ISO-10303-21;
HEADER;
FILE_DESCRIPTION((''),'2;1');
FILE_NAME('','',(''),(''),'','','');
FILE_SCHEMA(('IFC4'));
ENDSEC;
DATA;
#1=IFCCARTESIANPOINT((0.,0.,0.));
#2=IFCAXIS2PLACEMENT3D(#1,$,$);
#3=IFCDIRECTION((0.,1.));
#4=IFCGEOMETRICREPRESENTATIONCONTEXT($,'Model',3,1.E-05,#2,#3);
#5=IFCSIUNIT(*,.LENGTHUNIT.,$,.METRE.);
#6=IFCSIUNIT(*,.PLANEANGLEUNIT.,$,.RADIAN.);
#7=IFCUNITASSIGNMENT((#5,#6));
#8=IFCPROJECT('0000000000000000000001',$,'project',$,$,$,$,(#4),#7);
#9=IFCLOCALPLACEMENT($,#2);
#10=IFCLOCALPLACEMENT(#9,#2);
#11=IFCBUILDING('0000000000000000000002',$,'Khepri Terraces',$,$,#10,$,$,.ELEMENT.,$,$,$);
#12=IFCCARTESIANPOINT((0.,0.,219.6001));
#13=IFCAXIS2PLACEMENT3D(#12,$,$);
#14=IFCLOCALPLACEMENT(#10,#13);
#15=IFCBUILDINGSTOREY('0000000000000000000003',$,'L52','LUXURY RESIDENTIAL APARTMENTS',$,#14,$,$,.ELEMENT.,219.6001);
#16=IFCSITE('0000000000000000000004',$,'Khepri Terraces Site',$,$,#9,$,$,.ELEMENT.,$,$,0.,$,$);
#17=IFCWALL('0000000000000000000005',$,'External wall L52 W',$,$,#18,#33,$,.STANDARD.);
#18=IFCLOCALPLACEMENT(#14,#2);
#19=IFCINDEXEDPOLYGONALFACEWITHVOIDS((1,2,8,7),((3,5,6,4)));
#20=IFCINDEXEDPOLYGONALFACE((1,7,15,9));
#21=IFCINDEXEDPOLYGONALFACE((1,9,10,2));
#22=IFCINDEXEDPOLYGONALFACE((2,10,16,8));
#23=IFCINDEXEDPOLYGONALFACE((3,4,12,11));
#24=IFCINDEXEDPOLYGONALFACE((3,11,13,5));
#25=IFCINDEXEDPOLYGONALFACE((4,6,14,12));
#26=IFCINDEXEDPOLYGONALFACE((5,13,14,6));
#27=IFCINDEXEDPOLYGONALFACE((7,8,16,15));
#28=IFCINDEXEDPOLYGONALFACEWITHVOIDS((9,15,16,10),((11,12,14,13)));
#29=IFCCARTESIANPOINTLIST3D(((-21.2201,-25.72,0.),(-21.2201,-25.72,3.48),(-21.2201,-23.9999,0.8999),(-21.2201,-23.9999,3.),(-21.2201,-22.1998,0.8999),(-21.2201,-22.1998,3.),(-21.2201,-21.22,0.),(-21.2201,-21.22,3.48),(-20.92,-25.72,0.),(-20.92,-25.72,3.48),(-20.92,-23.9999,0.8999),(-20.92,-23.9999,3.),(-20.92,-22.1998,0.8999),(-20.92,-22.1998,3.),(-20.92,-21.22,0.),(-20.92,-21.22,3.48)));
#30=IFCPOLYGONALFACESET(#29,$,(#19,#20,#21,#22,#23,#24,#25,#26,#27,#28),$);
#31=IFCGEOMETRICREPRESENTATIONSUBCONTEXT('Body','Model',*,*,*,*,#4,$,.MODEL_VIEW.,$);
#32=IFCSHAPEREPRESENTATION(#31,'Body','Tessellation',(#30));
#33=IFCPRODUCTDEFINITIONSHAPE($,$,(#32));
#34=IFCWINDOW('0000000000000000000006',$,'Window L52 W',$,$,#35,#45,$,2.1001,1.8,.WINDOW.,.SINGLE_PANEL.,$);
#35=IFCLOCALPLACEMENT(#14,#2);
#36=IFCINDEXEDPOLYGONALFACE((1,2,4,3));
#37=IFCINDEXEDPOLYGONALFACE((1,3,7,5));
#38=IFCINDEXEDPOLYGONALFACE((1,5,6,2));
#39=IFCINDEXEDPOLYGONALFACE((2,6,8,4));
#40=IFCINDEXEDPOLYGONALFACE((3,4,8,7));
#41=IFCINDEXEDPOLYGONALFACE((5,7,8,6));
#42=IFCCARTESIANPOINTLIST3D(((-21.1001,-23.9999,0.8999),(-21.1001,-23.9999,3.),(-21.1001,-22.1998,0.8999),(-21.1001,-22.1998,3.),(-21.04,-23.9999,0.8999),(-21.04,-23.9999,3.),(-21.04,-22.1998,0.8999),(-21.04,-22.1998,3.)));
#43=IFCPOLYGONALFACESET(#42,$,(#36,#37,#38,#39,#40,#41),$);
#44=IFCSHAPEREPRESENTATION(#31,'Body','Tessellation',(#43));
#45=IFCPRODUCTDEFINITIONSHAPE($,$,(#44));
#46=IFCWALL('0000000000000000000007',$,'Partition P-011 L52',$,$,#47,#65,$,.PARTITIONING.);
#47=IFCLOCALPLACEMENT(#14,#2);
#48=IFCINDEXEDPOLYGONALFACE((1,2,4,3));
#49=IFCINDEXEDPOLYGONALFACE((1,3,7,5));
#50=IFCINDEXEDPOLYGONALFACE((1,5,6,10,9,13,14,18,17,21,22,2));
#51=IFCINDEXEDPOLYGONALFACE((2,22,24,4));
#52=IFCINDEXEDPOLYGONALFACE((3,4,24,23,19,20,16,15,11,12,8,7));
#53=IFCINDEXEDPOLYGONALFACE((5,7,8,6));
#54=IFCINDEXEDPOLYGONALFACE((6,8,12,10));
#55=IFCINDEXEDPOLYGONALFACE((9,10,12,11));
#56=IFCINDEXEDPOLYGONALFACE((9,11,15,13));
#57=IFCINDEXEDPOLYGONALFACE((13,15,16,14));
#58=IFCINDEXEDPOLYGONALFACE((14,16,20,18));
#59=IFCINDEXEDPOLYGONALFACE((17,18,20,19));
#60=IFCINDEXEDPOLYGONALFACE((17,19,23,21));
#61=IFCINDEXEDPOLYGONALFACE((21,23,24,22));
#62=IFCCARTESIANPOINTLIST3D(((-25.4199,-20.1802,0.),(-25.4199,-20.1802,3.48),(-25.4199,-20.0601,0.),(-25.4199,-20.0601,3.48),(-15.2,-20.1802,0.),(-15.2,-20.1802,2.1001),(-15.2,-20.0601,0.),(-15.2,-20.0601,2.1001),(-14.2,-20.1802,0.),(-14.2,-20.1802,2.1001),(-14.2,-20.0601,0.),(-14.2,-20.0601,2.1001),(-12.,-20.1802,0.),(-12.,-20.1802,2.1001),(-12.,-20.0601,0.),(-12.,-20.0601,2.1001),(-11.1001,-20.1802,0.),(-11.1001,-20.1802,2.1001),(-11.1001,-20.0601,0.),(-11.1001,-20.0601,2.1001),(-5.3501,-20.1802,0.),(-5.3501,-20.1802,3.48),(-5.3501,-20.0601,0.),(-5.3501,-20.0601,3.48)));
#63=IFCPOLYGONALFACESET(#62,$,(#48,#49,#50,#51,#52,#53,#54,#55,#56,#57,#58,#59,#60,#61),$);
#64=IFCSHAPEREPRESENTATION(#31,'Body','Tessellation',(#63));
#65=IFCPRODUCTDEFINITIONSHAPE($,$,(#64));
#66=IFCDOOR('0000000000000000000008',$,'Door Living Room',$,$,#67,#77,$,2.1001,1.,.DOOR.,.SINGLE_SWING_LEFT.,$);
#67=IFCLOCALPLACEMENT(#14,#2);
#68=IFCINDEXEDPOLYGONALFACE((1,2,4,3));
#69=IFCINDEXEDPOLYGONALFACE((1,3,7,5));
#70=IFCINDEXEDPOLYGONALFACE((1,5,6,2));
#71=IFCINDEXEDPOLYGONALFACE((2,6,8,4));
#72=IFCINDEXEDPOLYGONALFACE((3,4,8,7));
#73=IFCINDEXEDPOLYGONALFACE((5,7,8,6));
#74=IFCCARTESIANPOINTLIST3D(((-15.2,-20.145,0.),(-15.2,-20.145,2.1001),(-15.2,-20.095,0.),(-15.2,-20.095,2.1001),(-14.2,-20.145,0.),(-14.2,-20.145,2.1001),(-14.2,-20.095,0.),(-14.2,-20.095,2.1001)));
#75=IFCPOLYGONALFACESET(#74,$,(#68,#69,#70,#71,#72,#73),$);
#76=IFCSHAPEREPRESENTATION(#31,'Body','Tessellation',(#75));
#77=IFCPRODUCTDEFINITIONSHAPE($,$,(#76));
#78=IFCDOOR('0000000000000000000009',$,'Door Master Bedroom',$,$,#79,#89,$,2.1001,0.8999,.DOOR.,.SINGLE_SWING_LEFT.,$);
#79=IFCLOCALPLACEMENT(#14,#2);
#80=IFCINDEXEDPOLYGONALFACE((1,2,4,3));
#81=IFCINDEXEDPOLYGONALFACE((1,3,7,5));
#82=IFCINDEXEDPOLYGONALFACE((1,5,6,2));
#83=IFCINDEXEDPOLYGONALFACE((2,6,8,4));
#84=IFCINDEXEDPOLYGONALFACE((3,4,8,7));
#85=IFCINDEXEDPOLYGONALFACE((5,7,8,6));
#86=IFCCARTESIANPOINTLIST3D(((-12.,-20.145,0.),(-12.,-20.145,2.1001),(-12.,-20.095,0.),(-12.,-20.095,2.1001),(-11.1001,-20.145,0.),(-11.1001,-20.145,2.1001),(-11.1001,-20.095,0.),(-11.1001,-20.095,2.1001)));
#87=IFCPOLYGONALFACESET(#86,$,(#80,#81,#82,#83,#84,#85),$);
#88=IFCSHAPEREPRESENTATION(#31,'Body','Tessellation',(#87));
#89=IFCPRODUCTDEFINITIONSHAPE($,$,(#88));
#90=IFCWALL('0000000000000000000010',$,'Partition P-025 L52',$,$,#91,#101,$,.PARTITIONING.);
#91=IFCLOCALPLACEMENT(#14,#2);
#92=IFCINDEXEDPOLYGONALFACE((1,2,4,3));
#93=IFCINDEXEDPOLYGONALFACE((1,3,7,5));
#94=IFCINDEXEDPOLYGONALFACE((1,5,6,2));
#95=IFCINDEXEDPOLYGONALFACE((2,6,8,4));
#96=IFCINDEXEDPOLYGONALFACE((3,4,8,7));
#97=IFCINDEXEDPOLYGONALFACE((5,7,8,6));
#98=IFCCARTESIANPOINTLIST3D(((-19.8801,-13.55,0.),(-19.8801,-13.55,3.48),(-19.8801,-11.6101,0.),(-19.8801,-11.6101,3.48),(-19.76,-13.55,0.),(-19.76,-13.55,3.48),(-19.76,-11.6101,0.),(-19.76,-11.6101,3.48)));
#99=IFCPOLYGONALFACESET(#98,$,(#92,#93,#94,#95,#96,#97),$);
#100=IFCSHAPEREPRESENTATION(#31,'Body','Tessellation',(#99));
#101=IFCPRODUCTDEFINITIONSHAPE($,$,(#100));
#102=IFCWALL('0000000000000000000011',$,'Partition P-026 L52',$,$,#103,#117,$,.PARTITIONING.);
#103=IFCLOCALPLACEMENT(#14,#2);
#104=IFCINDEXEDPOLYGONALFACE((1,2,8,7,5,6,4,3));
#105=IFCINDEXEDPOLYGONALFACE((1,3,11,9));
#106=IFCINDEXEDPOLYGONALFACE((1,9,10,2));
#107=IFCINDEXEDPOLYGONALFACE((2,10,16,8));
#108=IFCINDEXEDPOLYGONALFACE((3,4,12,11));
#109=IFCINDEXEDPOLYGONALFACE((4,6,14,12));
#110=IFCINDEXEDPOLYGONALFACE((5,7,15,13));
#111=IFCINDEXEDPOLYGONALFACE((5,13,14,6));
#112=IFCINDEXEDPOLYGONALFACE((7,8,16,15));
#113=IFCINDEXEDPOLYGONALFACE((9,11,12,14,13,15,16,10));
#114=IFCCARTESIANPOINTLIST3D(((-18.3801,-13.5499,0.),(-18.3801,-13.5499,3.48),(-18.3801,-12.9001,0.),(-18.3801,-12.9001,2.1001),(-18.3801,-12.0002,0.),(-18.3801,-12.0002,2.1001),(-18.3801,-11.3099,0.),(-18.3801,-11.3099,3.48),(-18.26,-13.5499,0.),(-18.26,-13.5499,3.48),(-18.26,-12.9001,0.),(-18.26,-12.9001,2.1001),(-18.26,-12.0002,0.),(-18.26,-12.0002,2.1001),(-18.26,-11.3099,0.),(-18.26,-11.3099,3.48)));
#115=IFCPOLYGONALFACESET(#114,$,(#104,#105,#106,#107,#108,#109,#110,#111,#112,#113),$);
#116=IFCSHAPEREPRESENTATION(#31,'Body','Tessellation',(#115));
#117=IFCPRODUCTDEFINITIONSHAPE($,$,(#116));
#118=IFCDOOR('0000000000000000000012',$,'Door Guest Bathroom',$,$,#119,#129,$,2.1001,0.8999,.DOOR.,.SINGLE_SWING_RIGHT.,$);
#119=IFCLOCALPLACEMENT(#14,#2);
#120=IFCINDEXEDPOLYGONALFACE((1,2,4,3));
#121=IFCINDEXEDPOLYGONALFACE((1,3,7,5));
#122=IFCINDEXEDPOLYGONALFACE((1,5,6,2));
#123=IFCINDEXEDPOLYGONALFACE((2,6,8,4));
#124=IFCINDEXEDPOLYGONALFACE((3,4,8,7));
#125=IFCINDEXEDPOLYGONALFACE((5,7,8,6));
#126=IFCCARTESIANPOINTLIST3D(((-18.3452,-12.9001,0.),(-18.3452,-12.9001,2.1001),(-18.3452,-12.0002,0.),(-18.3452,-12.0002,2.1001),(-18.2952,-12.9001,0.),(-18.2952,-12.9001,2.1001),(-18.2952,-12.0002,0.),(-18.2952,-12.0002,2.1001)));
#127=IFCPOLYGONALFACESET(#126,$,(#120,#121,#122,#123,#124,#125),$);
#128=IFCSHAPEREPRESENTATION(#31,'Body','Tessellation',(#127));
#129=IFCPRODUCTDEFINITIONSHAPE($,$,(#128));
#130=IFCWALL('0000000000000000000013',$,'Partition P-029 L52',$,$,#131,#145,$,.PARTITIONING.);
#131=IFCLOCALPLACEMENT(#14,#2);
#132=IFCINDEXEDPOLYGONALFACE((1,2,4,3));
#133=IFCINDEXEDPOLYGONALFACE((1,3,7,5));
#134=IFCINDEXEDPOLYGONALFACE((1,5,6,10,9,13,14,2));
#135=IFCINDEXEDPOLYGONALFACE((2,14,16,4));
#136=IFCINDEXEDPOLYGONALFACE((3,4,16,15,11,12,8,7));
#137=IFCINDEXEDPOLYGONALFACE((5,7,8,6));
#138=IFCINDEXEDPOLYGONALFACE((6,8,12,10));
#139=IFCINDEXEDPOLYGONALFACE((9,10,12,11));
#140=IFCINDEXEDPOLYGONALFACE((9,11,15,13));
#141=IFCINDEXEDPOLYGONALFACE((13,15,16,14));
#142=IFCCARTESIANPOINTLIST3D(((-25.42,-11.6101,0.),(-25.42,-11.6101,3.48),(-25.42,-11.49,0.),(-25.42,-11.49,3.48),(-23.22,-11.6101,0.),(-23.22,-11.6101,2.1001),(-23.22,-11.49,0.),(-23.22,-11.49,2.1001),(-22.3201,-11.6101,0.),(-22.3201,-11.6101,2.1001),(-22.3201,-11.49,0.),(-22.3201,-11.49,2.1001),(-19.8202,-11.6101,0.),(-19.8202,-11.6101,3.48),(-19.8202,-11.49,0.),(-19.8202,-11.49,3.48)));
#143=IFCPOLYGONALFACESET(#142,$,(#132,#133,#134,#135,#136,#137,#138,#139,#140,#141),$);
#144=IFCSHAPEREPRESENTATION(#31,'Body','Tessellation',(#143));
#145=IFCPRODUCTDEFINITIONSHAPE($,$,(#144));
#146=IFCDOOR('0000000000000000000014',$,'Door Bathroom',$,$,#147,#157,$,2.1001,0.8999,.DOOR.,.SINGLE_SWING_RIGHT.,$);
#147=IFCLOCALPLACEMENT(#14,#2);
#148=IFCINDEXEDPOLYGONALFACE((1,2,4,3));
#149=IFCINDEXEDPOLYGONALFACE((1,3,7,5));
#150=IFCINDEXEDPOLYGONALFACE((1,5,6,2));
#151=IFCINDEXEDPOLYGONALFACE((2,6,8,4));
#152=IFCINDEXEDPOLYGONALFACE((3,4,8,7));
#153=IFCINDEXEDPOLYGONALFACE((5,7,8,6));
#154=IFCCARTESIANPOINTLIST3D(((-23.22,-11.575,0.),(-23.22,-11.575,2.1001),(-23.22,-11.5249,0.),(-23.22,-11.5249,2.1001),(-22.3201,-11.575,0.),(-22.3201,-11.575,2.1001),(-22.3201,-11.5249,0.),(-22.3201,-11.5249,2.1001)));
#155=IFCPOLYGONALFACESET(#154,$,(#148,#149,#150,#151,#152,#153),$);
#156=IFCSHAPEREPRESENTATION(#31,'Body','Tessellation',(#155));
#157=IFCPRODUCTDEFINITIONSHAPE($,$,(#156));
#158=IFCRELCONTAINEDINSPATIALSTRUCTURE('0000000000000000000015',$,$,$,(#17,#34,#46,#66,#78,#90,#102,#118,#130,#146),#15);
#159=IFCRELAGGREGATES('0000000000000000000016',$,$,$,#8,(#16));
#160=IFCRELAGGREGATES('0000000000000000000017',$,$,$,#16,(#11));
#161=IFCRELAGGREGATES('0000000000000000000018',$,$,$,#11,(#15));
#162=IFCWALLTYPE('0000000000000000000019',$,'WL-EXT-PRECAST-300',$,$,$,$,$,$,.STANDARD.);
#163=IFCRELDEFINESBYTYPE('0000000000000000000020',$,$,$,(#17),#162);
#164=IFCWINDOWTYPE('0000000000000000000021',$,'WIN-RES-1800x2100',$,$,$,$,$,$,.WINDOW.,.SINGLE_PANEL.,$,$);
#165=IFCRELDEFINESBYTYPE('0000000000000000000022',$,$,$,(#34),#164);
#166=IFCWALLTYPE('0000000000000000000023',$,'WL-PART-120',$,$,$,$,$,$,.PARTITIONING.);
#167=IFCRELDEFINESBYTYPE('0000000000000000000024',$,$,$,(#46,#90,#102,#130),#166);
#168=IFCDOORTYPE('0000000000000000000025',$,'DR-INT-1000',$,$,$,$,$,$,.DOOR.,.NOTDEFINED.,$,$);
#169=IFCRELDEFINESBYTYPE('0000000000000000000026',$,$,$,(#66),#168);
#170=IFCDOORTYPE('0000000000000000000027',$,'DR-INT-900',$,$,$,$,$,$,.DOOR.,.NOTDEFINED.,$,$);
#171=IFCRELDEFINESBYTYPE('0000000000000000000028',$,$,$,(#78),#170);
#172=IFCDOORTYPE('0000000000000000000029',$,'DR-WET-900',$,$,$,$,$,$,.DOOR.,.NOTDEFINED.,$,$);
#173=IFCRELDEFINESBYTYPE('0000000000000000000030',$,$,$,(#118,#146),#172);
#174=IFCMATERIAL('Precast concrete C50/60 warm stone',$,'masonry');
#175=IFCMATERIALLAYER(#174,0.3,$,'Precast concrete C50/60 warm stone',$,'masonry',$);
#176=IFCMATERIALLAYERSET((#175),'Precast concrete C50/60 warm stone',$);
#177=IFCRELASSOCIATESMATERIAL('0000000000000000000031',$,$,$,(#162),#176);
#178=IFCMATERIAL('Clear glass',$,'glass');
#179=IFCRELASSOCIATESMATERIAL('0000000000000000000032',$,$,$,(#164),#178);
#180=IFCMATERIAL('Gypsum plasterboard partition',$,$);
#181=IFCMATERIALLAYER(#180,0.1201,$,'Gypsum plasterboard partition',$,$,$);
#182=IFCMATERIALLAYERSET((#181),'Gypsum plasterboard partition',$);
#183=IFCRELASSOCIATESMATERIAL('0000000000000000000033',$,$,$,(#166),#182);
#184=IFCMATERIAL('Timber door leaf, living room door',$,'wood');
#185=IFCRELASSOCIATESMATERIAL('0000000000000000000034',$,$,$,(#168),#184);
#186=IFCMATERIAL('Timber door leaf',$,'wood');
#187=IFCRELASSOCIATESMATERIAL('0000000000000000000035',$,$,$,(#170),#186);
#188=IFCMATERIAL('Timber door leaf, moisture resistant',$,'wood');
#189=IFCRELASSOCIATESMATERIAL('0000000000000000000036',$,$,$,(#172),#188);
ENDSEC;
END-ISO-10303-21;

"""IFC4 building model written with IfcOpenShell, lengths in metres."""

from ifc_helpers import new_model, si_unit, direction, frame, frame_2d, origin, place, context, subcontext, project, spatial, rectangle, extrude, material, layer, layer_set, type_object, element, fill, save


model = new_model("IFC4")

# Units and contexts
model_context = context("Model", 3, precision=1e-05, world=origin(), true_north=direction((0.0, 1.0)))
body_context = subcontext(model_context, "Body", "Model", "MODEL_VIEW")
ifc_project = project(units=[si_unit("LENGTHUNIT", "METRE"), si_unit("PLANEANGLEUNIT", "RADIAN")], contexts=[model_context])

# Site, building, storey
site_placement = place(None, origin())
site = spatial("IfcSite", under=ifc_project, at=site_placement, Name="Khepri Terraces Site", CompositionType="ELEMENT", RefElevation=0.0)
building_placement = place(site_placement, origin())
building = spatial("IfcBuilding", under=site, at=building_placement, Name="Khepri Terraces", CompositionType="ELEMENT")
storey_placement = place(building_placement, frame((0.0, 0.0, 219.6001)))
storey = spatial("IfcBuildingStorey", under=building, at=storey_placement, Name="L52", Description="LUXURY RESIDENTIAL APARTMENTS", CompositionType="ELEMENT", Elevation=219.6001)

# Wall, opening, window
ifc_material_1 = material(Name="Precast concrete C50/60 warm stone", Category="masonry")
ifc_layer_1 = layer(ifc_material_1, 0.3, Name="Precast concrete C50/60 warm stone", Category="masonry")
ifc_layer_set_1 = layer_set([ifc_layer_1], Name="Precast concrete C50/60 warm stone")
wall_type_1 = type_object("IfcWallType", Name="WL-EXT-PRECAST-300", PredefinedType="STANDARD", material=ifc_layer_set_1)
ifc_material_2 = material(Name="Clear glass", Category="glass")
window_type = type_object("IfcWindowType", Name="WIN-RES-1800x2100", PartitioningType="SINGLE_PANEL", PredefinedType="WINDOW", material=ifc_material_2)
wall_1_placement = place(storey_placement, frame((-21.0701, -21.22, 0.0), z_axis=(0.0, 0.0, 1.0), x_axis=(0.0, -1.0, 0.0)))
wall_1 = element("IfcWall", 1, at=wall_1_placement, inside=storey, type_object=wall_type_1, Name="External wall L52 W", PredefinedType="STANDARD", context=body_context, shape_type="SweptSolid", body=[
    extrude(rectangle(XDim=4.5, YDim=0.3, at=frame_2d((2.25, 0.0))), origin(), (0.0, 0.0, 1.0), 3.48),
])
opening_1_placement = place(wall_1_placement, frame((0.98, 0.0, 0.8999)))
opening_1 = element("IfcOpeningElement", 2, at=opening_1_placement, cuts=wall_1, PredefinedType="OPENING", context=body_context, shape_type="SweptSolid", body=[
    extrude(rectangle(XDim=1.8, YDim=2.1001, at=frame_2d((0.8999, 1.05))), frame((0.0, 0.1602, 0.0), z_axis=(0.0, -1.0, 0.0), x_axis=(1.0, 0.0, 0.0)), (0.0, 0.0, 1.0), 0.3201),
])
window_1_placement = place(opening_1_placement, origin())
window_1 = element("IfcWindow", 3, at=window_1_placement, inside=storey, type_object=window_type, Name="Window L52 W", OverallHeight=2.1001, OverallWidth=1.8, PartitioningType="SINGLE_PANEL", PredefinedType="WINDOW", context=body_context, shape_type="SweptSolid", body=[
    extrude(rectangle(XDim=1.8, YDim=2.1001, at=frame_2d((0.8999, 1.05))), frame((0.0, 0.03, 0.0), z_axis=(0.0, -1.0, 0.0), x_axis=(1.0, 0.0, 0.0)), (0.0, 0.0, 1.0), 0.0601),
])
fill(opening_1, window_1)

# Wall, openings, doors
ifc_material_3 = material(Name="Gypsum plasterboard partition")
ifc_layer_2 = layer(ifc_material_3, 0.1201, Name="Gypsum plasterboard partition")
ifc_layer_set_2 = layer_set([ifc_layer_2], Name="Gypsum plasterboard partition")
wall_type_2 = type_object("IfcWallType", Name="WL-PART-120", PredefinedType="PARTITIONING", material=ifc_layer_set_2)
wall_2_placement = place(storey_placement, frame((-25.4199, -20.1201, 0.0), z_axis=(0.0, 0.0, 1.0), x_axis=(1.0, 0.0, 0.0)))
wall_2 = element("IfcWall", 4, at=wall_2_placement, inside=storey, type_object=wall_type_2, Name="Partition P-011 L52", PredefinedType="PARTITIONING", context=body_context, shape_type="SweptSolid", body=[
    extrude(rectangle(XDim=20.0698, YDim=0.1201, at=frame_2d((10.0349, 0.0))), origin(), (0.0, 0.0, 1.0), 3.48),
])
opening_2_placement = place(wall_2_placement, frame((10.22, 0.0, 0.0)))
opening_2 = element("IfcOpeningElement", 5, at=opening_2_placement, cuts=wall_2, PredefinedType="OPENING", context=body_context, shape_type="SweptSolid", body=[
    extrude(rectangle(XDim=1.0, YDim=2.1001, at=frame_2d((0.5, 1.05))), frame((0.0, 0.0701, 0.0), z_axis=(0.0, -1.0, 0.0), x_axis=(1.0, 0.0, 0.0)), (0.0, 0.0, 1.0), 0.1401),
])
opening_3_placement = place(wall_2_placement, frame((13.4199, 0.0, 0.0)))
opening_3 = element("IfcOpeningElement", 6, at=opening_3_placement, cuts=wall_2, PredefinedType="OPENING", context=body_context, shape_type="SweptSolid", body=[
    extrude(rectangle(XDim=0.8999, YDim=2.1001, at=frame_2d((0.45, 1.05))), frame((0.0, 0.0701, 0.0), z_axis=(0.0, -1.0, 0.0), x_axis=(1.0, 0.0, 0.0)), (0.0, 0.0, 1.0), 0.1401),
])
ifc_material_4 = material(Name="Timber door leaf, living room door", Category="wood")
door_type_1 = type_object("IfcDoorType", Name="DR-INT-1000", OperationType="NOTDEFINED", PredefinedType="DOOR", material=ifc_material_4)
door_1_placement = place(opening_2_placement, frame((1.0, 0.0, 0.0), z_axis=(0.0, 0.0, 1.0), x_axis=(-1.0, 0.0, 0.0)))
door_1 = element("IfcDoor", 7, at=door_1_placement, inside=storey, type_object=door_type_1, Name="Door Living Room", OperationType="SINGLE_SWING_LEFT", OverallHeight=2.1001, OverallWidth=1.0, PredefinedType="DOOR", context=body_context, shape_type="SweptSolid", body=[
    extrude(rectangle(XDim=1.0, YDim=2.1001, at=frame_2d((0.5, 1.05))), frame((0.0, 0.0249, 0.0), z_axis=(0.0, -1.0, 0.0), x_axis=(1.0, 0.0, 0.0)), (0.0, 0.0, 1.0), 0.05),
])
fill(opening_2, door_1)
ifc_material_5 = material(Name="Timber door leaf", Category="wood")
door_type_2 = type_object("IfcDoorType", Name="DR-INT-900", OperationType="NOTDEFINED", PredefinedType="DOOR", material=ifc_material_5)
door_2_placement = place(opening_3_placement, frame((0.8999, 0.0, 0.0), z_axis=(0.0, 0.0, 1.0), x_axis=(-1.0, 0.0, 0.0)))
door_2 = element("IfcDoor", 8, at=door_2_placement, inside=storey, type_object=door_type_2, Name="Door Master Bedroom", OperationType="SINGLE_SWING_LEFT", OverallHeight=2.1001, OverallWidth=0.8999, PredefinedType="DOOR", context=body_context, shape_type="SweptSolid", body=[
    extrude(rectangle(XDim=0.8999, YDim=2.1001, at=frame_2d((0.45, 1.05))), frame((0.0, 0.0249, 0.0), z_axis=(0.0, -1.0, 0.0), x_axis=(1.0, 0.0, 0.0)), (0.0, 0.0, 1.0), 0.05),
])
fill(opening_3, door_2)

# Wall
wall_3_placement = place(storey_placement, frame((-19.8201, -13.55, 0.0), z_axis=(0.0, 0.0, 1.0), x_axis=(0.0, 1.0, 0.0)))
element("IfcWall", 9, at=wall_3_placement, inside=storey, type_object=wall_type_2, Name="Partition P-025 L52", PredefinedType="PARTITIONING", context=body_context, shape_type="SweptSolid", body=[
    extrude(rectangle(XDim=1.9399, YDim=0.1201, at=frame_2d((0.97, 0.0))), origin(), (0.0, 0.0, 1.0), 3.48),
])

# Walls, openings, doors
wall_4_placement = place(storey_placement, frame((-18.3201, -13.55, 0.0), z_axis=(0.0, 0.0, 1.0), x_axis=(0.0, 1.0, 0.0)))
wall_4 = element("IfcWall", 10, at=wall_4_placement, inside=storey, type_object=wall_type_2, Name="Partition P-026 L52", PredefinedType="PARTITIONING", context=body_context, shape_type="SweptSolid", body=[
    extrude(rectangle(XDim=2.24, YDim=0.1201, at=frame_2d((1.1201, 0.0))), origin(), (0.0, 0.0, 1.0), 3.48),
])
opening_4_placement = place(wall_4_placement, frame((0.6499, 0.0, 0.0)))
opening_4 = element("IfcOpeningElement", 11, at=opening_4_placement, cuts=wall_4, PredefinedType="OPENING", context=body_context, shape_type="SweptSolid", body=[
    extrude(rectangle(XDim=0.8999, YDim=2.1001, at=frame_2d((0.45, 1.05))), frame((0.0, 0.0701, 0.0), z_axis=(0.0, -1.0, 0.0), x_axis=(1.0, 0.0, 0.0)), (0.0, 0.0, 1.0), 0.1401),
])
ifc_material_6 = material(Name="Timber door leaf, moisture resistant", Category="wood")
door_type_3 = type_object("IfcDoorType", Name="DR-WET-900", OperationType="NOTDEFINED", PredefinedType="DOOR", material=ifc_material_6)
door_3_placement = place(opening_4_placement, frame((0.8999, 0.0, 0.0), z_axis=(0.0, 0.0, 1.0), x_axis=(-1.0, 0.0, 0.0)))
door_3 = element("IfcDoor", 12, at=door_3_placement, inside=storey, type_object=door_type_3, Name="Door Guest Bathroom", OperationType="SINGLE_SWING_RIGHT", OverallHeight=2.1001, OverallWidth=0.8999, PredefinedType="DOOR", context=body_context, shape_type="SweptSolid", body=[
    extrude(rectangle(XDim=0.8999, YDim=2.1001, at=frame_2d((0.45, 1.05))), frame((0.0, 0.0249, 0.0), z_axis=(0.0, -1.0, 0.0), x_axis=(1.0, 0.0, 0.0)), (0.0, 0.0, 1.0), 0.05),
])
fill(opening_4, door_3)
wall_5_placement = place(storey_placement, frame((-25.4199, -11.55, 0.0), z_axis=(0.0, 0.0, 1.0), x_axis=(1.0, 0.0, 0.0)))
wall_5 = element("IfcWall", 13, at=wall_5_placement, inside=storey, type_object=wall_type_2, Name="Partition P-029 L52", PredefinedType="PARTITIONING", context=body_context, shape_type="SweptSolid", body=[
    extrude(rectangle(XDim=5.5999, YDim=0.1201, at=frame_2d((2.7998, 0.0))), origin(), (0.0, 0.0, 1.0), 3.48),
])
opening_5_placement = place(wall_5_placement, frame((2.2, 0.0, 0.0)))
opening_5 = element("IfcOpeningElement", 14, at=opening_5_placement, cuts=wall_5, PredefinedType="OPENING", context=body_context, shape_type="SweptSolid", body=[
    extrude(rectangle(XDim=0.8999, YDim=2.1001, at=frame_2d((0.45, 1.05))), frame((0.0, 0.0701, 0.0), z_axis=(0.0, -1.0, 0.0), x_axis=(1.0, 0.0, 0.0)), (0.0, 0.0, 1.0), 0.1401),
])
door_4_placement = place(opening_5_placement, frame((0.8999, 0.0, 0.0), z_axis=(0.0, 0.0, 1.0), x_axis=(-1.0, 0.0, 0.0)))
door_4 = element("IfcDoor", 15, at=door_4_placement, inside=storey, type_object=door_type_3, Name="Door Bathroom", OperationType="SINGLE_SWING_RIGHT", OverallHeight=2.1001, OverallWidth=0.8999, PredefinedType="DOOR", context=body_context, shape_type="SweptSolid", body=[
    extrude(rectangle(XDim=0.8999, YDim=2.1001, at=frame_2d((0.45, 1.05))), frame((0.0, 0.0249, 0.0), z_axis=(0.0, -1.0, 0.0), x_axis=(1.0, 0.0, 0.0)), (0.0, 0.0, 1.0), 0.05),
])
fill(opening_5, door_4)

save(model, "model.ifc")
